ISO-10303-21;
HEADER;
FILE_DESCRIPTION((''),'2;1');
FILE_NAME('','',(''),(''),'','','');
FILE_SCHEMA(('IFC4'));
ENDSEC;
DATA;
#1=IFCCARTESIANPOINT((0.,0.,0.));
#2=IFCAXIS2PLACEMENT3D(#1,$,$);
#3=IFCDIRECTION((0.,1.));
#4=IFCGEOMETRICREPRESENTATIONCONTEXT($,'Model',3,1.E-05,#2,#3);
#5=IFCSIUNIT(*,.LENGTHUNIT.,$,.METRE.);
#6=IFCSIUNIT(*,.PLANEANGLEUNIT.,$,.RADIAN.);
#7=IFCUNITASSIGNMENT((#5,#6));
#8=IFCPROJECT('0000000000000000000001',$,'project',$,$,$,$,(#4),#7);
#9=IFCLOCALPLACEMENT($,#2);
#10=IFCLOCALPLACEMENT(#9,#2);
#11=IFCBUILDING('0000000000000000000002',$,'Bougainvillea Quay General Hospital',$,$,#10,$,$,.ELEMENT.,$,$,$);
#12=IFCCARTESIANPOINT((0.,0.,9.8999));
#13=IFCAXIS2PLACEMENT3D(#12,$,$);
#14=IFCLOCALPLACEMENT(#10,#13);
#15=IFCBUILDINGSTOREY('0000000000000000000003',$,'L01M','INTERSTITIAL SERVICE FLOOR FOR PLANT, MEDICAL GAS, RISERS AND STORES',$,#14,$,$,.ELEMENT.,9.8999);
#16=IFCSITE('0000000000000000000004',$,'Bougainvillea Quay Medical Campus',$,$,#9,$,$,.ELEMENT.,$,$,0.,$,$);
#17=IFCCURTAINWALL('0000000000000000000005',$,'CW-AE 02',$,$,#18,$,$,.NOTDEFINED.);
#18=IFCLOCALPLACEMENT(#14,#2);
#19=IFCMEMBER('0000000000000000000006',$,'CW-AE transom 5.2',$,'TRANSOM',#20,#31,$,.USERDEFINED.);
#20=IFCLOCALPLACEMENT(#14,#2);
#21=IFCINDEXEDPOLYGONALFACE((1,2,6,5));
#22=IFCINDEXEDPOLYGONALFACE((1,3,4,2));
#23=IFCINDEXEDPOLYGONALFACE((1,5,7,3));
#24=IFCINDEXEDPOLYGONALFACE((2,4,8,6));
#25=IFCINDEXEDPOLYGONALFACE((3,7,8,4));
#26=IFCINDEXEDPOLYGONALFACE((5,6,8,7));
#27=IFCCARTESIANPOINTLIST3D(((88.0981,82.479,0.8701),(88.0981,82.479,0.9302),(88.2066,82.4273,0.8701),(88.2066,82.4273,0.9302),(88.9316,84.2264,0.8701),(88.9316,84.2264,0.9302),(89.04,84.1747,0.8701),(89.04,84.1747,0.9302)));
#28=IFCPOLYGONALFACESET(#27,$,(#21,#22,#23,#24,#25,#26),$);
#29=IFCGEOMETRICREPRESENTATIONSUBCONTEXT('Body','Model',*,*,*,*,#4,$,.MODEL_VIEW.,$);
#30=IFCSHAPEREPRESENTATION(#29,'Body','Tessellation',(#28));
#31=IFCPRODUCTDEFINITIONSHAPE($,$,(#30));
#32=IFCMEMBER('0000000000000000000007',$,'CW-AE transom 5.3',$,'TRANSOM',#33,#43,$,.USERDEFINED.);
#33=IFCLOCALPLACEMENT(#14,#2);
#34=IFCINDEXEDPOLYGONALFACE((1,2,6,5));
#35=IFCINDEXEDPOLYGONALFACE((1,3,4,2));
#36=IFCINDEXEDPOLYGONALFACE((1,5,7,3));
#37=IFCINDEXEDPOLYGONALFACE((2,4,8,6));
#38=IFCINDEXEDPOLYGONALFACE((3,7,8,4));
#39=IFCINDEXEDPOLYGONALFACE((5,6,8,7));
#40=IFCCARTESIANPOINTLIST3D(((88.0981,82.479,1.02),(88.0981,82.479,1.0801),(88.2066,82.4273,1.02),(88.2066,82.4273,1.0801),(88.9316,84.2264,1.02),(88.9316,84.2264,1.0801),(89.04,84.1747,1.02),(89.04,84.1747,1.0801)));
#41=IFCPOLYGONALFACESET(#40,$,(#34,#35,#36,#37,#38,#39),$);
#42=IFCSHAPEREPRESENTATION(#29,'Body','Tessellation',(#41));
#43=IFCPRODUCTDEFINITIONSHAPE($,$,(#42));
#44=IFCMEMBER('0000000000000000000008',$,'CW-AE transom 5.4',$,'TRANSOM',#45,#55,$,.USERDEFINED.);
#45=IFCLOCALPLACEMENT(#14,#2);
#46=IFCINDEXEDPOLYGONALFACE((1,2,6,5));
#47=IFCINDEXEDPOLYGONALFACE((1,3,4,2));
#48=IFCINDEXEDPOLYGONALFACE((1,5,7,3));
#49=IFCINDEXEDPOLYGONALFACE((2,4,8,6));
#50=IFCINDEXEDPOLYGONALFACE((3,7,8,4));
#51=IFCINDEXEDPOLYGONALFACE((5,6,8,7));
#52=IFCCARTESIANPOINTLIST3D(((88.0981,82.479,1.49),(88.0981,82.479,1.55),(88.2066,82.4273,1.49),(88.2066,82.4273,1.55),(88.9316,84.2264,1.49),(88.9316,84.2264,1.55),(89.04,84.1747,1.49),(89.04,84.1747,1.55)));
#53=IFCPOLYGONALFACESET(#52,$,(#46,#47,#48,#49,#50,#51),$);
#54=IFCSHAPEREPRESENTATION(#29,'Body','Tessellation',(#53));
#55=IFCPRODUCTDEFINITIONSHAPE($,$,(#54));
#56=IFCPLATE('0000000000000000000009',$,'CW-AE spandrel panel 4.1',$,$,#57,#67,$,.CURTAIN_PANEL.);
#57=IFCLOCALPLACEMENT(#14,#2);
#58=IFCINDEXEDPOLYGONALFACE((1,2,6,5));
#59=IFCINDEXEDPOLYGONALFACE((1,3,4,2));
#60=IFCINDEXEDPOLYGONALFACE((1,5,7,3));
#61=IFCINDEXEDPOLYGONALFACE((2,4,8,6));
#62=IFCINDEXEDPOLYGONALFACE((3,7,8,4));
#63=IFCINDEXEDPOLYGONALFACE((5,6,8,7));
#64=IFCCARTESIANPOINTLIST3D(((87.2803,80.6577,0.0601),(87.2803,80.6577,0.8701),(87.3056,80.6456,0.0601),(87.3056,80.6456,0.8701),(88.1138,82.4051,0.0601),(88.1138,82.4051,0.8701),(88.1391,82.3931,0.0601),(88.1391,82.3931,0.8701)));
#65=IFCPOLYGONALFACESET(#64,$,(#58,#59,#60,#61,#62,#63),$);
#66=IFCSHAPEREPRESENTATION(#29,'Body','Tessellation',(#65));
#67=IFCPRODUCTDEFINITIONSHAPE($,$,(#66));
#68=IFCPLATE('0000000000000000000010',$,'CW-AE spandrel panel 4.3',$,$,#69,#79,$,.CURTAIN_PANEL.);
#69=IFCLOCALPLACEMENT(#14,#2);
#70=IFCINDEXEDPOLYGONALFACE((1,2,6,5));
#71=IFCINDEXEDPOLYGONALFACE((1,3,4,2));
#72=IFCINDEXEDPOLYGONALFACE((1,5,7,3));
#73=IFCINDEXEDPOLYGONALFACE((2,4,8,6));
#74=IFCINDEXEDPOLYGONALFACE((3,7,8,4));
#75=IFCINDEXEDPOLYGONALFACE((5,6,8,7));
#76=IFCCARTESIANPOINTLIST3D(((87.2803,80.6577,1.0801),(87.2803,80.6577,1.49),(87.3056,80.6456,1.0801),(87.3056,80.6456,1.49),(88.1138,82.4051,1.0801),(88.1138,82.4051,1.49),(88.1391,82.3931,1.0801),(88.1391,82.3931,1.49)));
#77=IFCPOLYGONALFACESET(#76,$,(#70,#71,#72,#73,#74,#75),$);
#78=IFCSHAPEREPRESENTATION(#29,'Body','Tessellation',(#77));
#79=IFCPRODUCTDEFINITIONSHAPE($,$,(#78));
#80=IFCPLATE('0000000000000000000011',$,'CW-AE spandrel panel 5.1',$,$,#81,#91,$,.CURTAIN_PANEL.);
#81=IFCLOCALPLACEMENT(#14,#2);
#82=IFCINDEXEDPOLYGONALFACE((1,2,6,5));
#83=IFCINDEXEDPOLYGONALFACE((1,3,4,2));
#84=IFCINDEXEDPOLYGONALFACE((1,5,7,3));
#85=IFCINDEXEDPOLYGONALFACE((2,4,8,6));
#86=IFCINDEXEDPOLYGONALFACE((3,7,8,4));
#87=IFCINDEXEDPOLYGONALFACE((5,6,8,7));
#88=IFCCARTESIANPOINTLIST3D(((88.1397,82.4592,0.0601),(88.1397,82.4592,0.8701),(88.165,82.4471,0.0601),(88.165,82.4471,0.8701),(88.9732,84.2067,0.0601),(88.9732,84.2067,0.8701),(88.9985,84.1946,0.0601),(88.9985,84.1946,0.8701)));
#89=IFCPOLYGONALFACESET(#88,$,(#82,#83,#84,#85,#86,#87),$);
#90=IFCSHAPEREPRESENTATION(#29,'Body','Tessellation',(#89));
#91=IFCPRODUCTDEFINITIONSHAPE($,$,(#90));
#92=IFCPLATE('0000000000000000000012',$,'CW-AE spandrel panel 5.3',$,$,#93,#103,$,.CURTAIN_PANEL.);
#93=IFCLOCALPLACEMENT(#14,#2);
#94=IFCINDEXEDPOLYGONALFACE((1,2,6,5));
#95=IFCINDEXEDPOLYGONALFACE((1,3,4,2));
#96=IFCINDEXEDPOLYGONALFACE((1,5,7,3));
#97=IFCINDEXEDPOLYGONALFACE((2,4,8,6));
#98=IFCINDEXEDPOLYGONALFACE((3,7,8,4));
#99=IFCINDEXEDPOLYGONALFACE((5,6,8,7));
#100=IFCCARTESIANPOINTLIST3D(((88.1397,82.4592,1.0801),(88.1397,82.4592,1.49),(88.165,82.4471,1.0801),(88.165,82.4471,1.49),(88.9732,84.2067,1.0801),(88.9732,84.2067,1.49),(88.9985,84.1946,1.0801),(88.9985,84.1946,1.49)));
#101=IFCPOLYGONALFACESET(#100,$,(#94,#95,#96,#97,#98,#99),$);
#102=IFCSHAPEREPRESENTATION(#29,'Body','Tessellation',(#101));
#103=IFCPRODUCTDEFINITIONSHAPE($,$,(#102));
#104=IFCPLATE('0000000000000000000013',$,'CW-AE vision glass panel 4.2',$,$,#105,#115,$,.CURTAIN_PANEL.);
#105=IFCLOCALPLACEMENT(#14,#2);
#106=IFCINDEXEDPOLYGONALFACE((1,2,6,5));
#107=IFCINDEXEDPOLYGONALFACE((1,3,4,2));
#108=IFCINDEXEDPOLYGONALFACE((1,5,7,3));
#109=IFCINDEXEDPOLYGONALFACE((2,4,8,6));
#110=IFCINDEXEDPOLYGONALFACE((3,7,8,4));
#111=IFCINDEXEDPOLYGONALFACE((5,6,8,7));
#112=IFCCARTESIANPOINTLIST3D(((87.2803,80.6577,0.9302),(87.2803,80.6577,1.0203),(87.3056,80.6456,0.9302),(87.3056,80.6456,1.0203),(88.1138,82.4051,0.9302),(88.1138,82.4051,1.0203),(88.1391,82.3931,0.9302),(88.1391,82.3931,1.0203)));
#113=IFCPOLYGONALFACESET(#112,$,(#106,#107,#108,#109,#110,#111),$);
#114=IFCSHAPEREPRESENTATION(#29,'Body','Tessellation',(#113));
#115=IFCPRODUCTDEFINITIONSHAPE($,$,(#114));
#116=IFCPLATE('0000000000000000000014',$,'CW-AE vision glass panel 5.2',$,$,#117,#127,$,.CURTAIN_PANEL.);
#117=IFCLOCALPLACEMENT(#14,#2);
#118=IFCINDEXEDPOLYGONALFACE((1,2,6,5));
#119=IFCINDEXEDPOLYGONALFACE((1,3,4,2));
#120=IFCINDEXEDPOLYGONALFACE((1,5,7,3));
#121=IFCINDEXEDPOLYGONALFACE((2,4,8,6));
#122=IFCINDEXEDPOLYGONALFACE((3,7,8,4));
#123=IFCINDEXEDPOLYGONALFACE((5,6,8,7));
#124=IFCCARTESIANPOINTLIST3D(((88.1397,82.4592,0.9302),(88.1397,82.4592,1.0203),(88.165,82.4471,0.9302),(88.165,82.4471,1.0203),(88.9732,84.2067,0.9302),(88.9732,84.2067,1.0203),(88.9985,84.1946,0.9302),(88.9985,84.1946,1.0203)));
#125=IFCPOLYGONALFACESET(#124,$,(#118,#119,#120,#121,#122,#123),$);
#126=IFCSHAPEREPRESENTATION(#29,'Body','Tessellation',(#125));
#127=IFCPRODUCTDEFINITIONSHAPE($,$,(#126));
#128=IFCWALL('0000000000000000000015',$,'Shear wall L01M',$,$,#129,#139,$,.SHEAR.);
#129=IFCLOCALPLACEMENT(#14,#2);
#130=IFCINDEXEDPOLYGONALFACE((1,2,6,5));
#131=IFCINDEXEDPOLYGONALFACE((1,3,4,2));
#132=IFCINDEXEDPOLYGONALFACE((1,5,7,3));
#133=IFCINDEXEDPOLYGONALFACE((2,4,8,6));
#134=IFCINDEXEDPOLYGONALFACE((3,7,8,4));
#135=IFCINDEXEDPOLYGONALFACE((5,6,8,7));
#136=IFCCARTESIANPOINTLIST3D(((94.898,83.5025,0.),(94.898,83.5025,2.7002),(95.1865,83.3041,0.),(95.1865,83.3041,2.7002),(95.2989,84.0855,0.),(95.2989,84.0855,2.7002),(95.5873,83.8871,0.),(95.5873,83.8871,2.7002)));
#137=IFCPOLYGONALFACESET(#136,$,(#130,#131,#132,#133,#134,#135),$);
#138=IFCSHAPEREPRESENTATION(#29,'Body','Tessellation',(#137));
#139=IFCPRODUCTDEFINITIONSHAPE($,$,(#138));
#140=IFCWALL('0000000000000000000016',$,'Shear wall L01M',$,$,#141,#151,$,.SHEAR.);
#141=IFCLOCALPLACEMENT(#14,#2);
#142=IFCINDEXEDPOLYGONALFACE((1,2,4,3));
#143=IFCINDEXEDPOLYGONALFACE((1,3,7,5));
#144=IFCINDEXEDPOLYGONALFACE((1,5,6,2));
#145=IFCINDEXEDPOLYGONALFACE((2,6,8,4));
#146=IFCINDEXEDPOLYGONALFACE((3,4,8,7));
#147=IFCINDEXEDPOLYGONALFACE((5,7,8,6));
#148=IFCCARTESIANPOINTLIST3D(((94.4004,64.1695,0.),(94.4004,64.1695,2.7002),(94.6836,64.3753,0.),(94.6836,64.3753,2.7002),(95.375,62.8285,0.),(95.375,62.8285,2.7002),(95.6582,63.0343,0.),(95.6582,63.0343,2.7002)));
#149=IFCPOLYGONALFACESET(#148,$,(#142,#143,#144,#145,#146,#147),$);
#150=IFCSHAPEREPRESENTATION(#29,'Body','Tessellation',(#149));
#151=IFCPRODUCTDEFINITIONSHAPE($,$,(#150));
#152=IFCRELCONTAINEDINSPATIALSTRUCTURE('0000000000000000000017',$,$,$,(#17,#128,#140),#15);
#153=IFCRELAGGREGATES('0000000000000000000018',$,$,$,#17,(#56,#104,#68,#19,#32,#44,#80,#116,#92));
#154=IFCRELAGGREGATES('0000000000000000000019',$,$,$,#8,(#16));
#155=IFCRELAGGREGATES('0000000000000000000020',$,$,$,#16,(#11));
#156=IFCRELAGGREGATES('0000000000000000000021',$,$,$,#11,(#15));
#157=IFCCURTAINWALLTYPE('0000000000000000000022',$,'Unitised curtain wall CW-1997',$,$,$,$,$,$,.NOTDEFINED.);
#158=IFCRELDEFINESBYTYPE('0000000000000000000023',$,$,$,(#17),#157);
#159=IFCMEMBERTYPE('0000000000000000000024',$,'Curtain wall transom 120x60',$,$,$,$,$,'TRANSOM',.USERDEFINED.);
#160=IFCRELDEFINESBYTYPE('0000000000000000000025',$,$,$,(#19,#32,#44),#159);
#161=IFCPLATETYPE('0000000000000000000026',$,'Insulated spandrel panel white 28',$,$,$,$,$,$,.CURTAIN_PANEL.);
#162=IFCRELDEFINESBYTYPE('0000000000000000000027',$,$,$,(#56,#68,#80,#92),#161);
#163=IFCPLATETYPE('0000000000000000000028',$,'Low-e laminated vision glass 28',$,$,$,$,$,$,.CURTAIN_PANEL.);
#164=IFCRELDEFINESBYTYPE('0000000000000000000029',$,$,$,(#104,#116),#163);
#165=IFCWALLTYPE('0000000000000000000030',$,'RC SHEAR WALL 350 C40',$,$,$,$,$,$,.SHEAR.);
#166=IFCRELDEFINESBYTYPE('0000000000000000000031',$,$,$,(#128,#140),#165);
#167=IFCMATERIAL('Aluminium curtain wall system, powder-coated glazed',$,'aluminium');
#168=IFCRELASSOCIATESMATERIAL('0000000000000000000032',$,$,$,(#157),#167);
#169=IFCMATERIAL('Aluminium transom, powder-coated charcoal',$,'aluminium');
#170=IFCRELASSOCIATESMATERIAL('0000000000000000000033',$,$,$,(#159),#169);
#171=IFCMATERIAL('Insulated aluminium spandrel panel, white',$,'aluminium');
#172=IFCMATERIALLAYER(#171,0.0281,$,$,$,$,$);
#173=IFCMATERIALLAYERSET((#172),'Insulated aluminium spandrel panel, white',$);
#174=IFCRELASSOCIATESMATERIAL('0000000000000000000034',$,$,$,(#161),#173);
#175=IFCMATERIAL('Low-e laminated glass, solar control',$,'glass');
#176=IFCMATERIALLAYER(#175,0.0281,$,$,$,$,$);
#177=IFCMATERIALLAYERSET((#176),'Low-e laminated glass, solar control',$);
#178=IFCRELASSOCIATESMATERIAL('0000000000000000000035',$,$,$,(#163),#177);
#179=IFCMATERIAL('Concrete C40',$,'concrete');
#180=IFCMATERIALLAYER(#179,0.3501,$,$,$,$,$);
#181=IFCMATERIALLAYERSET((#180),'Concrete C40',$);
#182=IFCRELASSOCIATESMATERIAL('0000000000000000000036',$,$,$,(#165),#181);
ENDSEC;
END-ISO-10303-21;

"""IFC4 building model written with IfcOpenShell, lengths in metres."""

from ifc_helpers import new_model, si_unit, direction, frame, frame_2d, origin, origin_2d, place, context, subcontext, project, spatial, rectangle, extrude, material, layer, layer_set, material_profile, profile_set, type_object, element, aggregate, save


model = new_model("IFC4")

# Units and contexts
model_context = context("Model", 3, precision=1e-05, world=origin(), true_north=direction((0.0, 1.0)))
body_context = subcontext(model_context, "Body", "Model", "MODEL_VIEW")
ifc_project = project(units=[si_unit("LENGTHUNIT", "METRE"), si_unit("PLANEANGLEUNIT", "RADIAN")], contexts=[model_context])

# Site, building, storey
site_placement = place(None, origin())
site = spatial("IfcSite", under=ifc_project, at=site_placement, Name="Bougainvillea Quay Medical Campus", CompositionType="ELEMENT", RefElevation=0.0)
building_placement = place(site_placement, origin())
building = spatial("IfcBuilding", under=site, at=building_placement, Name="Bougainvillea Quay General Hospital", CompositionType="ELEMENT")
storey_placement = place(building_placement, frame((0.0, 0.0, 9.8999)))
storey = spatial("IfcBuildingStorey", under=building, at=storey_placement, Name="L01M", Description="INTERSTITIAL SERVICE FLOOR FOR PLANT, MEDICAL GAS, RISERS AND STORES", CompositionType="ELEMENT", Elevation=9.8999)

# Curtain wall, members, plates
ifc_material_1 = material(Name="Aluminium curtain wall system, powder-coated glazed", Category="aluminium")
curtain_wall_type = type_object("IfcCurtainWallType", Name="Unitised curtain wall CW-1997", PredefinedType="NOTDEFINED", material=ifc_material_1)
curtain_wall_placement = place(storey_placement, origin())
curtain_wall = element("IfcCurtainWall", 1, at=curtain_wall_placement, inside=storey, type_object=curtain_wall_type, Name="CW-AE 02", PredefinedType="NOTDEFINED")
ifc_material_2 = material(Name="Aluminium transom, powder-coated charcoal", Category="aluminium")
ifc_material_profile_1 = material_profile(ifc_material_2, rectangle(XDim=0.1201, YDim=0.0601, at=origin_2d()))
ifc_profile_set_1 = profile_set([ifc_material_profile_1], Name="Aluminium transom, powder-coated charcoal")
member_type_1 = type_object("IfcMemberType", Name="Curtain wall transom 120x60", ElementType="TRANSOM", PredefinedType="USERDEFINED", material=ifc_profile_set_1)
member_1_placement = place(storey_placement, frame((88.1523, 82.4531, 0.9001), z_axis=(0.430491, 0.902595, 0.0), x_axis=(-0.902595, 0.430491, 0.0)))
member_1 = element("IfcMember", 2, at=member_1_placement, type_object=member_type_1, Name="CW-AE transom 5.2", ObjectType="TRANSOM", PredefinedType="USERDEFINED", context=body_context, shape_type="SweptSolid", body=[
    extrude(rectangle(XDim=0.1201, YDim=0.0601, at=origin_2d()), origin(), (0.0, 0.0, 1.0), 1.936),
])
member_2_placement = place(storey_placement, frame((88.1523, 82.4531, 1.05), z_axis=(0.430491, 0.902595, 0.0), x_axis=(-0.902595, 0.430491, 0.0)))
member_2 = element("IfcMember", 3, at=member_2_placement, type_object=member_type_1, Name="CW-AE transom 5.3", ObjectType="TRANSOM", PredefinedType="USERDEFINED", context=body_context, shape_type="SweptSolid", body=[
    extrude(rectangle(XDim=0.1201, YDim=0.0601, at=origin_2d()), origin(), (0.0, 0.0, 1.0), 1.936),
])
member_3_placement = place(storey_placement, frame((88.1523, 82.4531, 1.52), z_axis=(0.430491, 0.902595, 0.0), x_axis=(-0.902595, 0.430491, 0.0)))
member_3 = element("IfcMember", 4, at=member_3_placement, type_object=member_type_1, Name="CW-AE transom 5.4", ObjectType="TRANSOM", PredefinedType="USERDEFINED", context=body_context, shape_type="SweptSolid", body=[
    extrude(rectangle(XDim=0.1201, YDim=0.0601, at=origin_2d()), origin(), (0.0, 0.0, 1.0), 1.936),
])
ifc_material_3 = material(Name="Insulated aluminium spandrel panel, white", Category="aluminium")
ifc_layer_1 = layer(ifc_material_3, 0.0281)
ifc_layer_set_1 = layer_set([ifc_layer_1], Name="Insulated aluminium spandrel panel, white")
plate_type_1 = type_object("IfcPlateType", Name="Insulated spandrel panel white 28", PredefinedType="CURTAIN_PANEL", material=ifc_layer_set_1)
plate_1_placement = place(storey_placement, frame((87.7097, 81.5254, 0.0601), z_axis=(0.0, 0.0, 1.0), x_axis=(0.430525, 0.902578, 0.0)))
plate_1 = element("IfcPlate", 5, at=plate_1_placement, type_object=plate_type_1, Name="CW-AE spandrel panel 4.1", PredefinedType="CURTAIN_PANEL", context=body_context, shape_type="SweptSolid", body=[
    extrude(rectangle(XDim=1.936, YDim=0.0281, at=origin_2d()), origin(), (0.0, 0.0, 1.0), 0.8101),
])
plate_2_placement = place(storey_placement, frame((87.7097, 81.5254, 1.0801), z_axis=(0.0, 0.0, 1.0), x_axis=(0.430525, 0.902578, 0.0)))
plate_2 = element("IfcPlate", 6, at=plate_2_placement, type_object=plate_type_1, Name="CW-AE spandrel panel 4.3", PredefinedType="CURTAIN_PANEL", context=body_context, shape_type="SweptSolid", body=[
    extrude(rectangle(XDim=1.936, YDim=0.0281, at=origin_2d()), origin(), (0.0, 0.0, 1.0), 0.4099),
])
plate_3_placement = place(storey_placement, frame((88.5691, 83.3269, 0.0601), z_axis=(0.0, 0.0, 1.0), x_axis=(0.430525, 0.902578, 0.0)))
plate_3 = element("IfcPlate", 7, at=plate_3_placement, type_object=plate_type_1, Name="CW-AE spandrel panel 5.1", PredefinedType="CURTAIN_PANEL", context=body_context, shape_type="SweptSolid", body=[
    extrude(rectangle(XDim=1.936, YDim=0.0281, at=origin_2d()), origin(), (0.0, 0.0, 1.0), 0.8101),
])
plate_4_placement = place(storey_placement, frame((88.5691, 83.3269, 1.0801), z_axis=(0.0, 0.0, 1.0), x_axis=(0.430525, 0.902578, 0.0)))
plate_4 = element("IfcPlate", 8, at=plate_4_placement, type_object=plate_type_1, Name="CW-AE spandrel panel 5.3", PredefinedType="CURTAIN_PANEL", context=body_context, shape_type="SweptSolid", body=[
    extrude(rectangle(XDim=1.936, YDim=0.0281, at=origin_2d()), origin(), (0.0, 0.0, 1.0), 0.4099),
])
ifc_material_4 = material(Name="Low-e laminated glass, solar control", Category="glass")
ifc_layer_2 = layer(ifc_material_4, 0.0281)
ifc_layer_set_2 = layer_set([ifc_layer_2], Name="Low-e laminated glass, solar control")
plate_type_2 = type_object("IfcPlateType", Name="Low-e laminated vision glass 28", PredefinedType="CURTAIN_PANEL", material=ifc_layer_set_2)
plate_5_placement = place(storey_placement, frame((87.7097, 81.5254, 0.9302), z_axis=(0.0, 0.0, 1.0), x_axis=(0.430525, 0.902578, 0.0)))
plate_5 = element("IfcPlate", 9, at=plate_5_placement, type_object=plate_type_2, Name="CW-AE vision glass panel 4.2", PredefinedType="CURTAIN_PANEL", context=body_context, shape_type="SweptSolid", body=[
    extrude(rectangle(XDim=1.936, YDim=0.0281, at=origin_2d()), origin(), (0.0, 0.0, 1.0), 0.0901),
])
plate_6_placement = place(storey_placement, frame((88.5691, 83.3269, 0.9302), z_axis=(0.0, 0.0, 1.0), x_axis=(0.430525, 0.902578, 0.0)))
plate_6 = element("IfcPlate", 10, at=plate_6_placement, type_object=plate_type_2, Name="CW-AE vision glass panel 5.2", PredefinedType="CURTAIN_PANEL", context=body_context, shape_type="SweptSolid", body=[
    extrude(rectangle(XDim=1.936, YDim=0.0281, at=origin_2d()), origin(), (0.0, 0.0, 1.0), 0.0901),
])
aggregate(curtain_wall, [plate_1, plate_5, plate_2, member_1, member_2, member_3, plate_3, plate_6, plate_4])

# Walls
ifc_material_5 = material(Name="Concrete C40", Category="concrete")
ifc_layer_3 = layer(ifc_material_5, 0.3501)
ifc_layer_set_3 = layer_set([ifc_layer_3], Name="Concrete C40")
wall_type = type_object("IfcWallType", Name="RC SHEAR WALL 350 C40", PredefinedType="SHEAR", material=ifc_layer_set_3)
wall_1_placement = place(storey_placement, frame((95.0422, 83.4033, 0.0), z_axis=(0.0, 0.0, 1.0), x_axis=(0.566587, 0.824002, 0.0)))
element("IfcWall", 11, at=wall_1_placement, inside=storey, type_object=wall_type, Name="Shear wall L01M", PredefinedType="SHEAR", context=body_context, shape_type="SweptSolid", body=[
    extrude(rectangle(XDim=0.7075, YDim=0.3501, at=frame_2d((0.3538, 0.0))), origin(), (0.0, 0.0, 1.0), 2.7002),
])
wall_2_placement = place(storey_placement, frame((95.5166, 62.9314, 0.0), z_axis=(0.0, 0.0, 1.0), x_axis=(-0.587891, 0.80894, 0.0)))
element("IfcWall", 12, at=wall_2_placement, inside=storey, type_object=wall_type, Name="Shear wall L01M", PredefinedType="SHEAR", context=body_context, shape_type="SweptSolid", body=[
    extrude(rectangle(XDim=1.6577, YDim=0.3501, at=frame_2d((0.8289, 0.0))), origin(), (0.0, 0.0, 1.0), 2.7002),
])

save(model, "model.ifc")
